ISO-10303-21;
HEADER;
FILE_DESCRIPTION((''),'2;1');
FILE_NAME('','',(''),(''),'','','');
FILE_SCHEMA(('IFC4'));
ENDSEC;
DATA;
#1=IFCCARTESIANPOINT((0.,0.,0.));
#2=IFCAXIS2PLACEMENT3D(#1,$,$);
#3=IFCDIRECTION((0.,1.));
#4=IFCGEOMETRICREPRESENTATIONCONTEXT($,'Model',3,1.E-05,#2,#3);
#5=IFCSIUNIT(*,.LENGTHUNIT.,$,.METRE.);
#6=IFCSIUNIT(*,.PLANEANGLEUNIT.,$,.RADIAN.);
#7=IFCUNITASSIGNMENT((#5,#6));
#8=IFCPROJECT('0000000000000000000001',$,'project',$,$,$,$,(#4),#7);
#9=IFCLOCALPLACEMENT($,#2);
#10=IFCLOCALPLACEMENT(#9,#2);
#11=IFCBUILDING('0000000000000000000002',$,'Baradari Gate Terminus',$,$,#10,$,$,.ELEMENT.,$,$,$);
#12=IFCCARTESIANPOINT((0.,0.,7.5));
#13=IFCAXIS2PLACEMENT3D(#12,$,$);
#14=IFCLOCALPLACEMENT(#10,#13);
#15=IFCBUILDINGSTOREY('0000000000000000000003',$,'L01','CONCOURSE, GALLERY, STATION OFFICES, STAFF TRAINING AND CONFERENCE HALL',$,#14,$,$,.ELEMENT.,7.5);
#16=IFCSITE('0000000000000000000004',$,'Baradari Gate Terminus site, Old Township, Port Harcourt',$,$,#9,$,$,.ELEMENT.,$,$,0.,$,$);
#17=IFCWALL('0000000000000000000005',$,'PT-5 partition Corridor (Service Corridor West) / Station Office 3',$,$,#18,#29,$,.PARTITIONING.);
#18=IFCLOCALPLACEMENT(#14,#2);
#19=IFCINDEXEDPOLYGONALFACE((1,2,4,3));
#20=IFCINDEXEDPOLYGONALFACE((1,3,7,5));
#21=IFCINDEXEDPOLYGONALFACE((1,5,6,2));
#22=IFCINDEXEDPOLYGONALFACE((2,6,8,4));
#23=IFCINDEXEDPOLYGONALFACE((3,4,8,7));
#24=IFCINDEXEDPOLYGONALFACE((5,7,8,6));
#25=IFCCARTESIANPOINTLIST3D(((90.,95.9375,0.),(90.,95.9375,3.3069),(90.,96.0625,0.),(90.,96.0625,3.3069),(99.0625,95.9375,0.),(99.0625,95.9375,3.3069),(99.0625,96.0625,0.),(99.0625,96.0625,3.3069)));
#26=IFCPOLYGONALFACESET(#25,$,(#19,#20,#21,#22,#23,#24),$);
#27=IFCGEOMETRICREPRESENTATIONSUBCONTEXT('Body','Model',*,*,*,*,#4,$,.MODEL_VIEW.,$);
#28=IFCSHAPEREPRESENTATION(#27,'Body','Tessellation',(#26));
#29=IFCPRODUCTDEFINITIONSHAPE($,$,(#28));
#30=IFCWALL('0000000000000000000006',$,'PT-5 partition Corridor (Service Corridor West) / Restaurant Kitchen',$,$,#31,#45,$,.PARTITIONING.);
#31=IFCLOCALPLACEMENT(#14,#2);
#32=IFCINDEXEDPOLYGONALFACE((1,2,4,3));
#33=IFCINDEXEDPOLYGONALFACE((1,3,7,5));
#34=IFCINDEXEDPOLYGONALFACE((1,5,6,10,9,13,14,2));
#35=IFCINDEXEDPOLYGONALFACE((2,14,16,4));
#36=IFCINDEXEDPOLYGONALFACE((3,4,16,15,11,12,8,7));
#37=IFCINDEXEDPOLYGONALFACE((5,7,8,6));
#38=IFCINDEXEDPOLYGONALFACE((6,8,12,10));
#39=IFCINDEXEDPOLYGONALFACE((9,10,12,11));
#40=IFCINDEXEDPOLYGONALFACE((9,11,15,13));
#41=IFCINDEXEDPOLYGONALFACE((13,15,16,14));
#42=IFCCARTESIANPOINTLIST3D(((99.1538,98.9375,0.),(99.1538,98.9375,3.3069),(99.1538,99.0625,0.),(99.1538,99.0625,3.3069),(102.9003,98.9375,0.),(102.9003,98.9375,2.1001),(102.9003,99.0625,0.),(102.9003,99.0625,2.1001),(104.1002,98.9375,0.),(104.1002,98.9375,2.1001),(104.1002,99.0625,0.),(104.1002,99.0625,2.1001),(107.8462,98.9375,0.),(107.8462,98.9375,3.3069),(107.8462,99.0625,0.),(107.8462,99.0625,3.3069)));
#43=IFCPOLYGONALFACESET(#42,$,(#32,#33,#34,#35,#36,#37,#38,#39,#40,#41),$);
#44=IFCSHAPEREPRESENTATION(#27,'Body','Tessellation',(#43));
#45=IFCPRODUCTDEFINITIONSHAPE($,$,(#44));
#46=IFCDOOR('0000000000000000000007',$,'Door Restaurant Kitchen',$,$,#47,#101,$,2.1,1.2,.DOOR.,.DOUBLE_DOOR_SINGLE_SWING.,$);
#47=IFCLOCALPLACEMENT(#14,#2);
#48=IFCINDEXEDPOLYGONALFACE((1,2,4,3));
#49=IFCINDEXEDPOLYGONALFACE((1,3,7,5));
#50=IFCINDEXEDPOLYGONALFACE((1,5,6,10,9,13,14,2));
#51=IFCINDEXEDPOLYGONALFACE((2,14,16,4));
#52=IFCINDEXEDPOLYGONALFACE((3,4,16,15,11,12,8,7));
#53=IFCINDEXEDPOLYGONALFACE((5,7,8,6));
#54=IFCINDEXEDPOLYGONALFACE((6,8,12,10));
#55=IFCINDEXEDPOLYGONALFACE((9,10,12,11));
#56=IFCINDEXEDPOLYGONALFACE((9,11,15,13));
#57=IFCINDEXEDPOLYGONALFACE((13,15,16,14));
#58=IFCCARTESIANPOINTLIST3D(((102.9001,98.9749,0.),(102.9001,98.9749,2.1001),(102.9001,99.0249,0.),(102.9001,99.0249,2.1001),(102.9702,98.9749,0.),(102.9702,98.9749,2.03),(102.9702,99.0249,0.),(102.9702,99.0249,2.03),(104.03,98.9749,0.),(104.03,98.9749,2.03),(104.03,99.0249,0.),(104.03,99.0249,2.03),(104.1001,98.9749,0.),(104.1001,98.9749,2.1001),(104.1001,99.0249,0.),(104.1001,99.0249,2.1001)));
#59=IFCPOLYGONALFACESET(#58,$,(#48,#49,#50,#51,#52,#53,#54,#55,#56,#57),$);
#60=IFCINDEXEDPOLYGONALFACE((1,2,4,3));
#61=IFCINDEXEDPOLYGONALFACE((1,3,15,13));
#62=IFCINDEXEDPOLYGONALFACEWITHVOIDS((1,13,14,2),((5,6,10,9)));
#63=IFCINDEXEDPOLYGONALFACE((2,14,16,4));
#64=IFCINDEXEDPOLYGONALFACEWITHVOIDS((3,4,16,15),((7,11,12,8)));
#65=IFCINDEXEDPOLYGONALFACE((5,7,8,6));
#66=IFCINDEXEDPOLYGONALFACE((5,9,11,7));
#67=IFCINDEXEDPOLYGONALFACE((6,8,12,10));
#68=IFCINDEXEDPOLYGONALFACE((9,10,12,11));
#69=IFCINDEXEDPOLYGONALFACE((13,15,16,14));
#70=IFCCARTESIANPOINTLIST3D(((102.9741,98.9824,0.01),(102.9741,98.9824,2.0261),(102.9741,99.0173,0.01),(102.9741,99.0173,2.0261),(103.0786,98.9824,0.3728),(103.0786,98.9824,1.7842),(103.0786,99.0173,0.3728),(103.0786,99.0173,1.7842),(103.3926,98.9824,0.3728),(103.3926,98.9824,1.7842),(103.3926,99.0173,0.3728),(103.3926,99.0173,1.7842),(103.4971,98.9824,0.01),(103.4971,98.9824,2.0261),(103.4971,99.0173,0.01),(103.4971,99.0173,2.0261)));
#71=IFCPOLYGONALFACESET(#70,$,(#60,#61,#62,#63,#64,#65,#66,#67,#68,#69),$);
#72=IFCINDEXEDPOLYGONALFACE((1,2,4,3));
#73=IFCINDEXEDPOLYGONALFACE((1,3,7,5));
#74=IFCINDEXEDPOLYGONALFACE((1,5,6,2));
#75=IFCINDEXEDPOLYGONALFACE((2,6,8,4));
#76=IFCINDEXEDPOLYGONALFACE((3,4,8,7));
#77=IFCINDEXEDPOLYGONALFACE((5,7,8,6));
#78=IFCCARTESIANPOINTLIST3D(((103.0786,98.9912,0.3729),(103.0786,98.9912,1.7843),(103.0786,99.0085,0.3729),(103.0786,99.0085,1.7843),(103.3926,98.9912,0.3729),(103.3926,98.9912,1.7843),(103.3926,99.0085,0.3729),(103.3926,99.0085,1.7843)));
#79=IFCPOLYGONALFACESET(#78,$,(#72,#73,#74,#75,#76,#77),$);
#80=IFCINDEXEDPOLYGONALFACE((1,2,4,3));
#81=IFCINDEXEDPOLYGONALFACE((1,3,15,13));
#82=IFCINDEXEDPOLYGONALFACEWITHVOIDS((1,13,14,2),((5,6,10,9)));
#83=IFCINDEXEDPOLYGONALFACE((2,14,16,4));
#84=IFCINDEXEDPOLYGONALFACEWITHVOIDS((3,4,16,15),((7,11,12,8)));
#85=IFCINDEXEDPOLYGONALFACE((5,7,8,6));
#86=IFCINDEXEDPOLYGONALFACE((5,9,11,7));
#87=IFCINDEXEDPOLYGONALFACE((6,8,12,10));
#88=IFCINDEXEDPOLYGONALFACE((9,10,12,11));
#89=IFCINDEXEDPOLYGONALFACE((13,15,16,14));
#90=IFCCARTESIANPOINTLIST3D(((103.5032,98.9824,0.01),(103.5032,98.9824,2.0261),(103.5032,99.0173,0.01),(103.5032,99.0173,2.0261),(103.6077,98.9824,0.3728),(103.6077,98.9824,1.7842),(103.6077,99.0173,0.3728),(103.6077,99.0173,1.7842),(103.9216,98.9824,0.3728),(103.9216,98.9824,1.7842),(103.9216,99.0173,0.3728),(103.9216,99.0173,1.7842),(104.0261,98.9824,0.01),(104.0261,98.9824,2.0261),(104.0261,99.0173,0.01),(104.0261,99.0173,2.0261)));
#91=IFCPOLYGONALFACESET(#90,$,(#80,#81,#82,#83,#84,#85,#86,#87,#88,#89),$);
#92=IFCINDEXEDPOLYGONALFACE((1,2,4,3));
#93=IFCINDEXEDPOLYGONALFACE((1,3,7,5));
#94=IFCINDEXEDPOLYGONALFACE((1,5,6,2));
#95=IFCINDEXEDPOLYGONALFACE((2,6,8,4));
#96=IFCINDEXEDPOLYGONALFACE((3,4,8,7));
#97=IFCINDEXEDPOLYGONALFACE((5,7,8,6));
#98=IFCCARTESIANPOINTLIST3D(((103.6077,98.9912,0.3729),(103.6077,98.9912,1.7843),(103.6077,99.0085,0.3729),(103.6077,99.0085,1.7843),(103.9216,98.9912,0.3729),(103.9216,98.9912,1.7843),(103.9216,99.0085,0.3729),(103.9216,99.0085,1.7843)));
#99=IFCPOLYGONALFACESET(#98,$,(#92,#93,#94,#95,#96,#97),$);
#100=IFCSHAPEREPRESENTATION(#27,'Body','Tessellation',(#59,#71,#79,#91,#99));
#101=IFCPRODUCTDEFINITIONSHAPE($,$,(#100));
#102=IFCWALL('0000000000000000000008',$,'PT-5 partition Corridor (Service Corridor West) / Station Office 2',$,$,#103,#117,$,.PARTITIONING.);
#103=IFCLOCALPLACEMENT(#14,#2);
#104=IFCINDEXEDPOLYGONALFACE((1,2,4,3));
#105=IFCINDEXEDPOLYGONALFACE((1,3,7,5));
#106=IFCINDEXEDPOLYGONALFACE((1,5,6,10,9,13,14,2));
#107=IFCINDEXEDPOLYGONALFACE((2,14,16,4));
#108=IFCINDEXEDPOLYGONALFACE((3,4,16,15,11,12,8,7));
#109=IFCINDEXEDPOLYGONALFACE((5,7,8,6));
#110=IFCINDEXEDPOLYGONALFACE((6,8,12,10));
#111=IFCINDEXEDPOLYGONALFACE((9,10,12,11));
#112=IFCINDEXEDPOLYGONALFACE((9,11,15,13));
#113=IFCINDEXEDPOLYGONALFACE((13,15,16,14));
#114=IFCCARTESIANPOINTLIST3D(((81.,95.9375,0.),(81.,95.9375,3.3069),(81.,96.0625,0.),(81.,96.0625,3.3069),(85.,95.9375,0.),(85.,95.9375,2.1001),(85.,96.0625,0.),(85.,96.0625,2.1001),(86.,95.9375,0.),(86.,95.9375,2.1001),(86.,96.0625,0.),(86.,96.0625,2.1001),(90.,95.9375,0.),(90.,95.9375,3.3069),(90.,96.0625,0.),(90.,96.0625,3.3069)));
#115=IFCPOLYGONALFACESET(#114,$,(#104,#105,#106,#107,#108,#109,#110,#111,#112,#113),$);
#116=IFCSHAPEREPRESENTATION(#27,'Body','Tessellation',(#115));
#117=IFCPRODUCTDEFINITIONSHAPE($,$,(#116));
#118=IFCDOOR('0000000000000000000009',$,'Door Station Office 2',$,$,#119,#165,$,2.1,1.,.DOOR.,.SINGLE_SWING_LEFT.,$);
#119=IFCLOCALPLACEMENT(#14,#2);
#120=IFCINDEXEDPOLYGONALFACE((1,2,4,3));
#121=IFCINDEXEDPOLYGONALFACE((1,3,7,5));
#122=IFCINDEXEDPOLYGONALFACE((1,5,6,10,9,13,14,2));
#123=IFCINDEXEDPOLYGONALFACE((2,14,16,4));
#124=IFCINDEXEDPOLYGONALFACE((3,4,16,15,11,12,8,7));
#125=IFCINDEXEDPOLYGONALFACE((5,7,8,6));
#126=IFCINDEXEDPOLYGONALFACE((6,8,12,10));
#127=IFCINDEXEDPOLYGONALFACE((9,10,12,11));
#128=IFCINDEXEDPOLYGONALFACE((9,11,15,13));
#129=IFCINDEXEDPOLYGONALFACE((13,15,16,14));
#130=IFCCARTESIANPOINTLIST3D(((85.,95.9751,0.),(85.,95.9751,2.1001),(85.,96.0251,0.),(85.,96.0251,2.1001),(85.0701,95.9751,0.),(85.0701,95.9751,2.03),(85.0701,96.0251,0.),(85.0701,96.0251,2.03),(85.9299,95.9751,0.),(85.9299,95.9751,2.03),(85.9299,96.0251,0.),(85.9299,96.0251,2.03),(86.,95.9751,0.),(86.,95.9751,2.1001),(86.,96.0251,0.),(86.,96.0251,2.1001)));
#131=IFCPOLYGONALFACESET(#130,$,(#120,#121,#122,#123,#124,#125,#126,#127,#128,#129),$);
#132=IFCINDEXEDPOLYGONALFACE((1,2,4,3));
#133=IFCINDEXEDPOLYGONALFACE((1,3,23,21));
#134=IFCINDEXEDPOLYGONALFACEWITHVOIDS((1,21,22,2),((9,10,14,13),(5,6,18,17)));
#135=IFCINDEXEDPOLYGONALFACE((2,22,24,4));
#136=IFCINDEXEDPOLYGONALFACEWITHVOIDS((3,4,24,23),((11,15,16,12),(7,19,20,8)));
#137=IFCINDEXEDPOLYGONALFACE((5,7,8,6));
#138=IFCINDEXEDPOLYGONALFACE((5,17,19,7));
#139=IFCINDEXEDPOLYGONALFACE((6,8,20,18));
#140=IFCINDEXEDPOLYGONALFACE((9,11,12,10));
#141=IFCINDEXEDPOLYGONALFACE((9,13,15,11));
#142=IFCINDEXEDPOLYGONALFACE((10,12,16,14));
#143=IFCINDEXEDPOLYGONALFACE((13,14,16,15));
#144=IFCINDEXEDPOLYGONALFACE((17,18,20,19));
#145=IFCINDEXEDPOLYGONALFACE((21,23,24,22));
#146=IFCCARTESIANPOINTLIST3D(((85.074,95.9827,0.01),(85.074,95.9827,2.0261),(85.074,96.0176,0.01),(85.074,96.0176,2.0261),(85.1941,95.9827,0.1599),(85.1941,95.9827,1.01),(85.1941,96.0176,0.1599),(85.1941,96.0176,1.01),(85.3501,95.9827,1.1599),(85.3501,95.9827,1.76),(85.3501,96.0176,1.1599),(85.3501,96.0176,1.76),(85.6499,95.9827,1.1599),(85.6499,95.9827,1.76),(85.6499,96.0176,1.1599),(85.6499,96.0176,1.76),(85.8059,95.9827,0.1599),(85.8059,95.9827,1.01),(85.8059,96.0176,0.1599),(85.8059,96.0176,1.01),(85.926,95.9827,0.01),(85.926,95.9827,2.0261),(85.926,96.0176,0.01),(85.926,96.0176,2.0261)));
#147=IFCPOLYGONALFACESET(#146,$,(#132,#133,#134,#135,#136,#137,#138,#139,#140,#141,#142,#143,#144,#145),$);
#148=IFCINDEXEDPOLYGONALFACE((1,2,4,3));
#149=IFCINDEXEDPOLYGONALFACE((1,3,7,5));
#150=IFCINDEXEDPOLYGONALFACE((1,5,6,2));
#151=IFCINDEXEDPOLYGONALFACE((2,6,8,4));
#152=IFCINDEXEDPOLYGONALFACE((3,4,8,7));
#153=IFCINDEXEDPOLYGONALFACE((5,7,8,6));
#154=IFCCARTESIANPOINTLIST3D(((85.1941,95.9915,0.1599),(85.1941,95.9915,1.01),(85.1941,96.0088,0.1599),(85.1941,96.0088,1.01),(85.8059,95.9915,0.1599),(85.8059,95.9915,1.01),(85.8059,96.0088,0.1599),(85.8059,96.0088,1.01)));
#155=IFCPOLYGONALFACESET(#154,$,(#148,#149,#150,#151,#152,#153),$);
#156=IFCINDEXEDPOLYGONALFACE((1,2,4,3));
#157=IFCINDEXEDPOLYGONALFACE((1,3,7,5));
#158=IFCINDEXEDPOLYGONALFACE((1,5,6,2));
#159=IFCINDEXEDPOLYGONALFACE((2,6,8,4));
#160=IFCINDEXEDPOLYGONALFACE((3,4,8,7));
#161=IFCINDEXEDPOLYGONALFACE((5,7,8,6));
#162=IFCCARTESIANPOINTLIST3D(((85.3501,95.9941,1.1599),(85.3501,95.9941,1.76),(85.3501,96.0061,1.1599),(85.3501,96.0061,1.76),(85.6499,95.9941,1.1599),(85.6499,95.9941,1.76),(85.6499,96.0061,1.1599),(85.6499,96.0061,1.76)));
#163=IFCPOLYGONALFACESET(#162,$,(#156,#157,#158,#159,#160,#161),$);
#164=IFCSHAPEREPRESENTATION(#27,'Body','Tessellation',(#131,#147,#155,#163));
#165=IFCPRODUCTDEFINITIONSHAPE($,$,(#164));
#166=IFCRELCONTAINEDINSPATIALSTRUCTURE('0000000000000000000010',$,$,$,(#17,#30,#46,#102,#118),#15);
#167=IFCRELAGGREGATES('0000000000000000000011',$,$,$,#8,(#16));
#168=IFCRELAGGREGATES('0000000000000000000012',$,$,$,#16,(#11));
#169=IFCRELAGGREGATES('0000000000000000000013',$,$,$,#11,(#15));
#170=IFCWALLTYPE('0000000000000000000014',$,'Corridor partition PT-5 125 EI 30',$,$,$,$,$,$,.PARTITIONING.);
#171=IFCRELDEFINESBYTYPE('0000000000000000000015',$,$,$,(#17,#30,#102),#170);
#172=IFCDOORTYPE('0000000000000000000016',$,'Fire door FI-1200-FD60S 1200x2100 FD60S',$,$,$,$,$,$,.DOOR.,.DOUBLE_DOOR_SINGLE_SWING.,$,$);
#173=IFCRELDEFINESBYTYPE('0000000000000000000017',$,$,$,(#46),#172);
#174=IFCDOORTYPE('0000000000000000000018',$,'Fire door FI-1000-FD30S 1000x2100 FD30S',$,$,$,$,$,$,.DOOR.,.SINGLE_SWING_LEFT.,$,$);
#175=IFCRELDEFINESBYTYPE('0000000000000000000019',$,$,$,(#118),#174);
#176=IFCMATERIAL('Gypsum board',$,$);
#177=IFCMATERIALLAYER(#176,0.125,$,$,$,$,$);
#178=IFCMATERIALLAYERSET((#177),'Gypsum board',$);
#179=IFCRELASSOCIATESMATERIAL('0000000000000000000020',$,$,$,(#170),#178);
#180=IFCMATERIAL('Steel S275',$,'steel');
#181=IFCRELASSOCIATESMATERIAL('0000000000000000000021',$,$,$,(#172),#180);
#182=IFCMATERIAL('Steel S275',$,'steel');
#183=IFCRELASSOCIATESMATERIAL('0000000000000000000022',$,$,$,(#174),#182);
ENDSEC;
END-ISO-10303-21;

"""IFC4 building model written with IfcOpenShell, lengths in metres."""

from ifc_helpers import new_model, si_unit, direction, frame, frame_2d, origin, place, context, subcontext, project, spatial, polyline, rectangle, outline, extrude, material, layer, layer_set, type_object, element, fill, save


model = new_model("IFC4")

# Units and contexts
model_context = context("Model", 3, precision=1e-05, world=origin(), true_north=direction((0.0, 1.0)))
body_context = subcontext(model_context, "Body", "Model", "MODEL_VIEW")
ifc_project = project(units=[si_unit("LENGTHUNIT", "METRE"), si_unit("PLANEANGLEUNIT", "RADIAN")], contexts=[model_context])

# Site, building, storey
site_placement = place(None, origin())
site = spatial("IfcSite", under=ifc_project, at=site_placement, Name="Baradari Gate Terminus site, Old Township, Port Harcourt", CompositionType="ELEMENT", RefElevation=0.0)
building_placement = place(site_placement, origin())
building = spatial("IfcBuilding", under=site, at=building_placement, Name="Baradari Gate Terminus", CompositionType="ELEMENT")
storey_placement = place(building_placement, frame((0.0, 0.0, 7.5)))
storey = spatial("IfcBuildingStorey", under=building, at=storey_placement, Name="L01", Description="CONCOURSE, GALLERY, STATION OFFICES, STAFF TRAINING AND CONFERENCE HALL", CompositionType="ELEMENT", Elevation=7.5)

# Wall
ifc_material_1 = material(Name="Gypsum board")
ifc_layer_1 = layer(ifc_material_1, 0.125)
ifc_layer_set_1 = layer_set([ifc_layer_1], Name="Gypsum board")
wall_type_1 = type_object("IfcWallType", Name="Corridor partition PT-5 125 EI 30", PredefinedType="PARTITIONING", material=ifc_layer_set_1)
wall_1_placement = place(storey_placement, frame((99.0625, 96.0, 0.0), z_axis=(0.0, 0.0, 1.0), x_axis=(-1.0, 0.0, 0.0)))
element("IfcWall", 1, at=wall_1_placement, inside=storey, type_object=wall_type_1, Name="PT-5 partition Corridor (Service Corridor West) / Station Office 3", PredefinedType="PARTITIONING", context=body_context, shape_type="SweptSolid", body=[
    extrude(rectangle(XDim=9.0625, YDim=0.125, at=frame_2d((4.5312, 0.0))), origin(), (0.0, 0.0, 1.0), 3.3069),
])

# Walls, openings, doors
wall_2_placement = place(storey_placement, frame((99.1538, 99.0, 0.0), z_axis=(0.0, 0.0, 1.0), x_axis=(1.0, 0.0, 0.0)))
wall_2 = element("IfcWall", 2, at=wall_2_placement, inside=storey, type_object=wall_type_1, Name="PT-5 partition Corridor (Service Corridor West) / Restaurant Kitchen", PredefinedType="PARTITIONING", context=body_context, shape_type="SweptSolid", body=[
    extrude(rectangle(XDim=8.6924, YDim=0.125, at=frame_2d((4.3462, 0.0))), origin(), (0.0, 0.0, 1.0), 3.3069),
])
opening_1_placement = place(wall_2_placement, frame((3.7463, 0.0, 0.0)))
opening_1 = element("IfcOpeningElement", 3, at=opening_1_placement, cuts=wall_2, PredefinedType="OPENING", context=body_context, shape_type="SweptSolid", body=[
    extrude(rectangle(XDim=1.2, YDim=2.1001, at=frame_2d((0.6001, 1.05))), frame((0.0, 0.0725, 0.0), z_axis=(0.0, -1.0, 0.0), x_axis=(1.0, 0.0, 0.0)), (0.0, 0.0, 1.0), 0.145),
])
ifc_material_2 = material(Name="Steel S275", Category="steel")
door_type_1 = type_object("IfcDoorType", Name="Fire door FI-1200-FD60S 1200x2100 FD60S", OperationType="DOUBLE_DOOR_SINGLE_SWING", PredefinedType="DOOR", material=ifc_material_2)
door_1_placement = place(opening_1_placement, origin())
door_1 = element("IfcDoor", 4, at=door_1_placement, inside=storey, type_object=door_type_1, Name="Door Restaurant Kitchen", OperationType="DOUBLE_DOOR_SINGLE_SWING", OverallHeight=2.1, OverallWidth=1.2, PredefinedType="DOOR", context=body_context, shape_type="SweptSolid", body=[
    extrude(outline(polyline([(0.0, 0.0), (0.0701, 0.0), (0.0701, 2.03), (1.1299, 2.03), (1.1299, 0.0), (1.2, 0.0), (1.2, 2.1001), (0.0, 2.1001), (0.0, 0.0)])), frame((0.0, 0.0249, 0.0), z_axis=(0.0, -1.0, 0.0), x_axis=(1.0, 0.0, 0.0)), (0.0, 0.0, 1.0), 0.05),
    extrude(outline(polyline([(0.074, 0.01), (0.5969, 0.01), (0.5969, 2.0261), (0.074, 2.0261), (0.074, 0.01)]), holes=[polyline([(0.1785, 0.3728), (0.4924, 0.3728), (0.4924, 1.7842), (0.1785, 1.7842), (0.1785, 0.3728)])]), frame((0.0, 0.0173, 0.0), z_axis=(0.0, -1.0, 0.0), x_axis=(1.0, 0.0, 0.0)), (0.0, 0.0, 1.0), 0.0349),
    extrude(rectangle(XDim=0.314, YDim=1.4114, at=frame_2d((0.3354, 1.0786))), frame((0.0, 0.0085, 0.0), z_axis=(0.0, -1.0, 0.0), x_axis=(1.0, 0.0, 0.0)), (0.0, 0.0, 1.0), 0.0173),
    extrude(outline(polyline([(0.603, 0.01), (1.126, 0.01), (1.126, 2.0261), (0.603, 2.0261), (0.603, 0.01)]), holes=[polyline([(0.7075, 0.3728), (1.0215, 0.3728), (1.0215, 1.7842), (0.7075, 1.7842), (0.7075, 0.3728)])]), frame((0.0, 0.0173, 0.0), z_axis=(0.0, -1.0, 0.0), x_axis=(1.0, 0.0, 0.0)), (0.0, 0.0, 1.0), 0.0349),
    extrude(rectangle(XDim=0.314, YDim=1.4114, at=frame_2d((0.8645, 1.0786))), frame((0.0, 0.0085, 0.0), z_axis=(0.0, -1.0, 0.0), x_axis=(1.0, 0.0, 0.0)), (0.0, 0.0, 1.0), 0.0173),
])
fill(opening_1, door_1)
wall_3_placement = place(storey_placement, frame((90.0, 96.0, 0.0), z_axis=(0.0, 0.0, 1.0), x_axis=(-1.0, 0.0, 0.0)))
wall_3 = element("IfcWall", 5, at=wall_3_placement, inside=storey, type_object=wall_type_1, Name="PT-5 partition Corridor (Service Corridor West) / Station Office 2", PredefinedType="PARTITIONING", context=body_context, shape_type="SweptSolid", body=[
    extrude(rectangle(XDim=9.0, YDim=0.125, at=frame_2d((4.5, 0.0))), origin(), (0.0, 0.0, 1.0), 3.3069),
])
opening_2_placement = place(wall_3_placement, frame((4.0, 0.0, 0.0)))
opening_2 = element("IfcOpeningElement", 6, at=opening_2_placement, cuts=wall_3, PredefinedType="OPENING", context=body_context, shape_type="SweptSolid", body=[
    extrude(rectangle(XDim=1.0, YDim=2.1001, at=frame_2d((0.5, 1.05))), frame((0.0, 0.0725, 0.0), z_axis=(0.0, -1.0, 0.0), x_axis=(1.0, 0.0, 0.0)), (0.0, 0.0, 1.0), 0.145),
])
ifc_material_3 = material(Name="Steel S275", Category="steel")
door_type_2 = type_object("IfcDoorType", Name="Fire door FI-1000-FD30S 1000x2100 FD30S", OperationType="SINGLE_SWING_LEFT", PredefinedType="DOOR", material=ifc_material_3)
door_2_placement = place(opening_2_placement, origin())
door_2 = element("IfcDoor", 7, at=door_2_placement, inside=storey, type_object=door_type_2, Name="Door Station Office 2", OperationType="SINGLE_SWING_LEFT", OverallHeight=2.1, OverallWidth=1.0, PredefinedType="DOOR", context=body_context, shape_type="SweptSolid", body=[
    extrude(outline(polyline([(0.0, 0.0), (0.0701, 0.0), (0.0701, 2.03), (0.9299, 2.03), (0.9299, 0.0), (1.0, 0.0), (1.0, 2.1001), (0.0, 2.1001), (0.0, 0.0)])), frame((0.0, 0.0249, 0.0), z_axis=(0.0, -1.0, 0.0), x_axis=(1.0, 0.0, 0.0)), (0.0, 0.0, 1.0), 0.05),
    extrude(outline(polyline([(0.074, 0.01), (0.926, 0.01), (0.926, 2.0261), (0.074, 2.0261), (0.074, 0.01)]), holes=[polyline([(0.1941, 0.1599), (0.8059, 0.1599), (0.8059, 1.01), (0.1941, 1.01), (0.1941, 0.1599)]), polyline([(0.3501, 1.1599), (0.6499, 1.1599), (0.6499, 1.76), (0.3501, 1.76), (0.3501, 1.1599)])]), frame((0.0, 0.0173, 0.0), z_axis=(0.0, -1.0, 0.0), x_axis=(1.0, 0.0, 0.0)), (0.0, 0.0, 1.0), 0.0349),
    extrude(rectangle(XDim=0.6118, YDim=0.8501, at=frame_2d((0.5, 0.585))), frame((0.0, 0.0085, 0.0), z_axis=(0.0, -1.0, 0.0), x_axis=(1.0, 0.0, 0.0)), (0.0, 0.0, 1.0), 0.0173),
    extrude(rectangle(XDim=0.2998, YDim=0.6001, at=frame_2d((0.5, 1.46))), frame((0.0, 0.0059, 0.0), z_axis=(0.0, -1.0, 0.0), x_axis=(1.0, 0.0, 0.0)), (0.0, 0.0, 1.0), 0.012),
])
fill(opening_2, door_2)

save(model, "model.ifc")
